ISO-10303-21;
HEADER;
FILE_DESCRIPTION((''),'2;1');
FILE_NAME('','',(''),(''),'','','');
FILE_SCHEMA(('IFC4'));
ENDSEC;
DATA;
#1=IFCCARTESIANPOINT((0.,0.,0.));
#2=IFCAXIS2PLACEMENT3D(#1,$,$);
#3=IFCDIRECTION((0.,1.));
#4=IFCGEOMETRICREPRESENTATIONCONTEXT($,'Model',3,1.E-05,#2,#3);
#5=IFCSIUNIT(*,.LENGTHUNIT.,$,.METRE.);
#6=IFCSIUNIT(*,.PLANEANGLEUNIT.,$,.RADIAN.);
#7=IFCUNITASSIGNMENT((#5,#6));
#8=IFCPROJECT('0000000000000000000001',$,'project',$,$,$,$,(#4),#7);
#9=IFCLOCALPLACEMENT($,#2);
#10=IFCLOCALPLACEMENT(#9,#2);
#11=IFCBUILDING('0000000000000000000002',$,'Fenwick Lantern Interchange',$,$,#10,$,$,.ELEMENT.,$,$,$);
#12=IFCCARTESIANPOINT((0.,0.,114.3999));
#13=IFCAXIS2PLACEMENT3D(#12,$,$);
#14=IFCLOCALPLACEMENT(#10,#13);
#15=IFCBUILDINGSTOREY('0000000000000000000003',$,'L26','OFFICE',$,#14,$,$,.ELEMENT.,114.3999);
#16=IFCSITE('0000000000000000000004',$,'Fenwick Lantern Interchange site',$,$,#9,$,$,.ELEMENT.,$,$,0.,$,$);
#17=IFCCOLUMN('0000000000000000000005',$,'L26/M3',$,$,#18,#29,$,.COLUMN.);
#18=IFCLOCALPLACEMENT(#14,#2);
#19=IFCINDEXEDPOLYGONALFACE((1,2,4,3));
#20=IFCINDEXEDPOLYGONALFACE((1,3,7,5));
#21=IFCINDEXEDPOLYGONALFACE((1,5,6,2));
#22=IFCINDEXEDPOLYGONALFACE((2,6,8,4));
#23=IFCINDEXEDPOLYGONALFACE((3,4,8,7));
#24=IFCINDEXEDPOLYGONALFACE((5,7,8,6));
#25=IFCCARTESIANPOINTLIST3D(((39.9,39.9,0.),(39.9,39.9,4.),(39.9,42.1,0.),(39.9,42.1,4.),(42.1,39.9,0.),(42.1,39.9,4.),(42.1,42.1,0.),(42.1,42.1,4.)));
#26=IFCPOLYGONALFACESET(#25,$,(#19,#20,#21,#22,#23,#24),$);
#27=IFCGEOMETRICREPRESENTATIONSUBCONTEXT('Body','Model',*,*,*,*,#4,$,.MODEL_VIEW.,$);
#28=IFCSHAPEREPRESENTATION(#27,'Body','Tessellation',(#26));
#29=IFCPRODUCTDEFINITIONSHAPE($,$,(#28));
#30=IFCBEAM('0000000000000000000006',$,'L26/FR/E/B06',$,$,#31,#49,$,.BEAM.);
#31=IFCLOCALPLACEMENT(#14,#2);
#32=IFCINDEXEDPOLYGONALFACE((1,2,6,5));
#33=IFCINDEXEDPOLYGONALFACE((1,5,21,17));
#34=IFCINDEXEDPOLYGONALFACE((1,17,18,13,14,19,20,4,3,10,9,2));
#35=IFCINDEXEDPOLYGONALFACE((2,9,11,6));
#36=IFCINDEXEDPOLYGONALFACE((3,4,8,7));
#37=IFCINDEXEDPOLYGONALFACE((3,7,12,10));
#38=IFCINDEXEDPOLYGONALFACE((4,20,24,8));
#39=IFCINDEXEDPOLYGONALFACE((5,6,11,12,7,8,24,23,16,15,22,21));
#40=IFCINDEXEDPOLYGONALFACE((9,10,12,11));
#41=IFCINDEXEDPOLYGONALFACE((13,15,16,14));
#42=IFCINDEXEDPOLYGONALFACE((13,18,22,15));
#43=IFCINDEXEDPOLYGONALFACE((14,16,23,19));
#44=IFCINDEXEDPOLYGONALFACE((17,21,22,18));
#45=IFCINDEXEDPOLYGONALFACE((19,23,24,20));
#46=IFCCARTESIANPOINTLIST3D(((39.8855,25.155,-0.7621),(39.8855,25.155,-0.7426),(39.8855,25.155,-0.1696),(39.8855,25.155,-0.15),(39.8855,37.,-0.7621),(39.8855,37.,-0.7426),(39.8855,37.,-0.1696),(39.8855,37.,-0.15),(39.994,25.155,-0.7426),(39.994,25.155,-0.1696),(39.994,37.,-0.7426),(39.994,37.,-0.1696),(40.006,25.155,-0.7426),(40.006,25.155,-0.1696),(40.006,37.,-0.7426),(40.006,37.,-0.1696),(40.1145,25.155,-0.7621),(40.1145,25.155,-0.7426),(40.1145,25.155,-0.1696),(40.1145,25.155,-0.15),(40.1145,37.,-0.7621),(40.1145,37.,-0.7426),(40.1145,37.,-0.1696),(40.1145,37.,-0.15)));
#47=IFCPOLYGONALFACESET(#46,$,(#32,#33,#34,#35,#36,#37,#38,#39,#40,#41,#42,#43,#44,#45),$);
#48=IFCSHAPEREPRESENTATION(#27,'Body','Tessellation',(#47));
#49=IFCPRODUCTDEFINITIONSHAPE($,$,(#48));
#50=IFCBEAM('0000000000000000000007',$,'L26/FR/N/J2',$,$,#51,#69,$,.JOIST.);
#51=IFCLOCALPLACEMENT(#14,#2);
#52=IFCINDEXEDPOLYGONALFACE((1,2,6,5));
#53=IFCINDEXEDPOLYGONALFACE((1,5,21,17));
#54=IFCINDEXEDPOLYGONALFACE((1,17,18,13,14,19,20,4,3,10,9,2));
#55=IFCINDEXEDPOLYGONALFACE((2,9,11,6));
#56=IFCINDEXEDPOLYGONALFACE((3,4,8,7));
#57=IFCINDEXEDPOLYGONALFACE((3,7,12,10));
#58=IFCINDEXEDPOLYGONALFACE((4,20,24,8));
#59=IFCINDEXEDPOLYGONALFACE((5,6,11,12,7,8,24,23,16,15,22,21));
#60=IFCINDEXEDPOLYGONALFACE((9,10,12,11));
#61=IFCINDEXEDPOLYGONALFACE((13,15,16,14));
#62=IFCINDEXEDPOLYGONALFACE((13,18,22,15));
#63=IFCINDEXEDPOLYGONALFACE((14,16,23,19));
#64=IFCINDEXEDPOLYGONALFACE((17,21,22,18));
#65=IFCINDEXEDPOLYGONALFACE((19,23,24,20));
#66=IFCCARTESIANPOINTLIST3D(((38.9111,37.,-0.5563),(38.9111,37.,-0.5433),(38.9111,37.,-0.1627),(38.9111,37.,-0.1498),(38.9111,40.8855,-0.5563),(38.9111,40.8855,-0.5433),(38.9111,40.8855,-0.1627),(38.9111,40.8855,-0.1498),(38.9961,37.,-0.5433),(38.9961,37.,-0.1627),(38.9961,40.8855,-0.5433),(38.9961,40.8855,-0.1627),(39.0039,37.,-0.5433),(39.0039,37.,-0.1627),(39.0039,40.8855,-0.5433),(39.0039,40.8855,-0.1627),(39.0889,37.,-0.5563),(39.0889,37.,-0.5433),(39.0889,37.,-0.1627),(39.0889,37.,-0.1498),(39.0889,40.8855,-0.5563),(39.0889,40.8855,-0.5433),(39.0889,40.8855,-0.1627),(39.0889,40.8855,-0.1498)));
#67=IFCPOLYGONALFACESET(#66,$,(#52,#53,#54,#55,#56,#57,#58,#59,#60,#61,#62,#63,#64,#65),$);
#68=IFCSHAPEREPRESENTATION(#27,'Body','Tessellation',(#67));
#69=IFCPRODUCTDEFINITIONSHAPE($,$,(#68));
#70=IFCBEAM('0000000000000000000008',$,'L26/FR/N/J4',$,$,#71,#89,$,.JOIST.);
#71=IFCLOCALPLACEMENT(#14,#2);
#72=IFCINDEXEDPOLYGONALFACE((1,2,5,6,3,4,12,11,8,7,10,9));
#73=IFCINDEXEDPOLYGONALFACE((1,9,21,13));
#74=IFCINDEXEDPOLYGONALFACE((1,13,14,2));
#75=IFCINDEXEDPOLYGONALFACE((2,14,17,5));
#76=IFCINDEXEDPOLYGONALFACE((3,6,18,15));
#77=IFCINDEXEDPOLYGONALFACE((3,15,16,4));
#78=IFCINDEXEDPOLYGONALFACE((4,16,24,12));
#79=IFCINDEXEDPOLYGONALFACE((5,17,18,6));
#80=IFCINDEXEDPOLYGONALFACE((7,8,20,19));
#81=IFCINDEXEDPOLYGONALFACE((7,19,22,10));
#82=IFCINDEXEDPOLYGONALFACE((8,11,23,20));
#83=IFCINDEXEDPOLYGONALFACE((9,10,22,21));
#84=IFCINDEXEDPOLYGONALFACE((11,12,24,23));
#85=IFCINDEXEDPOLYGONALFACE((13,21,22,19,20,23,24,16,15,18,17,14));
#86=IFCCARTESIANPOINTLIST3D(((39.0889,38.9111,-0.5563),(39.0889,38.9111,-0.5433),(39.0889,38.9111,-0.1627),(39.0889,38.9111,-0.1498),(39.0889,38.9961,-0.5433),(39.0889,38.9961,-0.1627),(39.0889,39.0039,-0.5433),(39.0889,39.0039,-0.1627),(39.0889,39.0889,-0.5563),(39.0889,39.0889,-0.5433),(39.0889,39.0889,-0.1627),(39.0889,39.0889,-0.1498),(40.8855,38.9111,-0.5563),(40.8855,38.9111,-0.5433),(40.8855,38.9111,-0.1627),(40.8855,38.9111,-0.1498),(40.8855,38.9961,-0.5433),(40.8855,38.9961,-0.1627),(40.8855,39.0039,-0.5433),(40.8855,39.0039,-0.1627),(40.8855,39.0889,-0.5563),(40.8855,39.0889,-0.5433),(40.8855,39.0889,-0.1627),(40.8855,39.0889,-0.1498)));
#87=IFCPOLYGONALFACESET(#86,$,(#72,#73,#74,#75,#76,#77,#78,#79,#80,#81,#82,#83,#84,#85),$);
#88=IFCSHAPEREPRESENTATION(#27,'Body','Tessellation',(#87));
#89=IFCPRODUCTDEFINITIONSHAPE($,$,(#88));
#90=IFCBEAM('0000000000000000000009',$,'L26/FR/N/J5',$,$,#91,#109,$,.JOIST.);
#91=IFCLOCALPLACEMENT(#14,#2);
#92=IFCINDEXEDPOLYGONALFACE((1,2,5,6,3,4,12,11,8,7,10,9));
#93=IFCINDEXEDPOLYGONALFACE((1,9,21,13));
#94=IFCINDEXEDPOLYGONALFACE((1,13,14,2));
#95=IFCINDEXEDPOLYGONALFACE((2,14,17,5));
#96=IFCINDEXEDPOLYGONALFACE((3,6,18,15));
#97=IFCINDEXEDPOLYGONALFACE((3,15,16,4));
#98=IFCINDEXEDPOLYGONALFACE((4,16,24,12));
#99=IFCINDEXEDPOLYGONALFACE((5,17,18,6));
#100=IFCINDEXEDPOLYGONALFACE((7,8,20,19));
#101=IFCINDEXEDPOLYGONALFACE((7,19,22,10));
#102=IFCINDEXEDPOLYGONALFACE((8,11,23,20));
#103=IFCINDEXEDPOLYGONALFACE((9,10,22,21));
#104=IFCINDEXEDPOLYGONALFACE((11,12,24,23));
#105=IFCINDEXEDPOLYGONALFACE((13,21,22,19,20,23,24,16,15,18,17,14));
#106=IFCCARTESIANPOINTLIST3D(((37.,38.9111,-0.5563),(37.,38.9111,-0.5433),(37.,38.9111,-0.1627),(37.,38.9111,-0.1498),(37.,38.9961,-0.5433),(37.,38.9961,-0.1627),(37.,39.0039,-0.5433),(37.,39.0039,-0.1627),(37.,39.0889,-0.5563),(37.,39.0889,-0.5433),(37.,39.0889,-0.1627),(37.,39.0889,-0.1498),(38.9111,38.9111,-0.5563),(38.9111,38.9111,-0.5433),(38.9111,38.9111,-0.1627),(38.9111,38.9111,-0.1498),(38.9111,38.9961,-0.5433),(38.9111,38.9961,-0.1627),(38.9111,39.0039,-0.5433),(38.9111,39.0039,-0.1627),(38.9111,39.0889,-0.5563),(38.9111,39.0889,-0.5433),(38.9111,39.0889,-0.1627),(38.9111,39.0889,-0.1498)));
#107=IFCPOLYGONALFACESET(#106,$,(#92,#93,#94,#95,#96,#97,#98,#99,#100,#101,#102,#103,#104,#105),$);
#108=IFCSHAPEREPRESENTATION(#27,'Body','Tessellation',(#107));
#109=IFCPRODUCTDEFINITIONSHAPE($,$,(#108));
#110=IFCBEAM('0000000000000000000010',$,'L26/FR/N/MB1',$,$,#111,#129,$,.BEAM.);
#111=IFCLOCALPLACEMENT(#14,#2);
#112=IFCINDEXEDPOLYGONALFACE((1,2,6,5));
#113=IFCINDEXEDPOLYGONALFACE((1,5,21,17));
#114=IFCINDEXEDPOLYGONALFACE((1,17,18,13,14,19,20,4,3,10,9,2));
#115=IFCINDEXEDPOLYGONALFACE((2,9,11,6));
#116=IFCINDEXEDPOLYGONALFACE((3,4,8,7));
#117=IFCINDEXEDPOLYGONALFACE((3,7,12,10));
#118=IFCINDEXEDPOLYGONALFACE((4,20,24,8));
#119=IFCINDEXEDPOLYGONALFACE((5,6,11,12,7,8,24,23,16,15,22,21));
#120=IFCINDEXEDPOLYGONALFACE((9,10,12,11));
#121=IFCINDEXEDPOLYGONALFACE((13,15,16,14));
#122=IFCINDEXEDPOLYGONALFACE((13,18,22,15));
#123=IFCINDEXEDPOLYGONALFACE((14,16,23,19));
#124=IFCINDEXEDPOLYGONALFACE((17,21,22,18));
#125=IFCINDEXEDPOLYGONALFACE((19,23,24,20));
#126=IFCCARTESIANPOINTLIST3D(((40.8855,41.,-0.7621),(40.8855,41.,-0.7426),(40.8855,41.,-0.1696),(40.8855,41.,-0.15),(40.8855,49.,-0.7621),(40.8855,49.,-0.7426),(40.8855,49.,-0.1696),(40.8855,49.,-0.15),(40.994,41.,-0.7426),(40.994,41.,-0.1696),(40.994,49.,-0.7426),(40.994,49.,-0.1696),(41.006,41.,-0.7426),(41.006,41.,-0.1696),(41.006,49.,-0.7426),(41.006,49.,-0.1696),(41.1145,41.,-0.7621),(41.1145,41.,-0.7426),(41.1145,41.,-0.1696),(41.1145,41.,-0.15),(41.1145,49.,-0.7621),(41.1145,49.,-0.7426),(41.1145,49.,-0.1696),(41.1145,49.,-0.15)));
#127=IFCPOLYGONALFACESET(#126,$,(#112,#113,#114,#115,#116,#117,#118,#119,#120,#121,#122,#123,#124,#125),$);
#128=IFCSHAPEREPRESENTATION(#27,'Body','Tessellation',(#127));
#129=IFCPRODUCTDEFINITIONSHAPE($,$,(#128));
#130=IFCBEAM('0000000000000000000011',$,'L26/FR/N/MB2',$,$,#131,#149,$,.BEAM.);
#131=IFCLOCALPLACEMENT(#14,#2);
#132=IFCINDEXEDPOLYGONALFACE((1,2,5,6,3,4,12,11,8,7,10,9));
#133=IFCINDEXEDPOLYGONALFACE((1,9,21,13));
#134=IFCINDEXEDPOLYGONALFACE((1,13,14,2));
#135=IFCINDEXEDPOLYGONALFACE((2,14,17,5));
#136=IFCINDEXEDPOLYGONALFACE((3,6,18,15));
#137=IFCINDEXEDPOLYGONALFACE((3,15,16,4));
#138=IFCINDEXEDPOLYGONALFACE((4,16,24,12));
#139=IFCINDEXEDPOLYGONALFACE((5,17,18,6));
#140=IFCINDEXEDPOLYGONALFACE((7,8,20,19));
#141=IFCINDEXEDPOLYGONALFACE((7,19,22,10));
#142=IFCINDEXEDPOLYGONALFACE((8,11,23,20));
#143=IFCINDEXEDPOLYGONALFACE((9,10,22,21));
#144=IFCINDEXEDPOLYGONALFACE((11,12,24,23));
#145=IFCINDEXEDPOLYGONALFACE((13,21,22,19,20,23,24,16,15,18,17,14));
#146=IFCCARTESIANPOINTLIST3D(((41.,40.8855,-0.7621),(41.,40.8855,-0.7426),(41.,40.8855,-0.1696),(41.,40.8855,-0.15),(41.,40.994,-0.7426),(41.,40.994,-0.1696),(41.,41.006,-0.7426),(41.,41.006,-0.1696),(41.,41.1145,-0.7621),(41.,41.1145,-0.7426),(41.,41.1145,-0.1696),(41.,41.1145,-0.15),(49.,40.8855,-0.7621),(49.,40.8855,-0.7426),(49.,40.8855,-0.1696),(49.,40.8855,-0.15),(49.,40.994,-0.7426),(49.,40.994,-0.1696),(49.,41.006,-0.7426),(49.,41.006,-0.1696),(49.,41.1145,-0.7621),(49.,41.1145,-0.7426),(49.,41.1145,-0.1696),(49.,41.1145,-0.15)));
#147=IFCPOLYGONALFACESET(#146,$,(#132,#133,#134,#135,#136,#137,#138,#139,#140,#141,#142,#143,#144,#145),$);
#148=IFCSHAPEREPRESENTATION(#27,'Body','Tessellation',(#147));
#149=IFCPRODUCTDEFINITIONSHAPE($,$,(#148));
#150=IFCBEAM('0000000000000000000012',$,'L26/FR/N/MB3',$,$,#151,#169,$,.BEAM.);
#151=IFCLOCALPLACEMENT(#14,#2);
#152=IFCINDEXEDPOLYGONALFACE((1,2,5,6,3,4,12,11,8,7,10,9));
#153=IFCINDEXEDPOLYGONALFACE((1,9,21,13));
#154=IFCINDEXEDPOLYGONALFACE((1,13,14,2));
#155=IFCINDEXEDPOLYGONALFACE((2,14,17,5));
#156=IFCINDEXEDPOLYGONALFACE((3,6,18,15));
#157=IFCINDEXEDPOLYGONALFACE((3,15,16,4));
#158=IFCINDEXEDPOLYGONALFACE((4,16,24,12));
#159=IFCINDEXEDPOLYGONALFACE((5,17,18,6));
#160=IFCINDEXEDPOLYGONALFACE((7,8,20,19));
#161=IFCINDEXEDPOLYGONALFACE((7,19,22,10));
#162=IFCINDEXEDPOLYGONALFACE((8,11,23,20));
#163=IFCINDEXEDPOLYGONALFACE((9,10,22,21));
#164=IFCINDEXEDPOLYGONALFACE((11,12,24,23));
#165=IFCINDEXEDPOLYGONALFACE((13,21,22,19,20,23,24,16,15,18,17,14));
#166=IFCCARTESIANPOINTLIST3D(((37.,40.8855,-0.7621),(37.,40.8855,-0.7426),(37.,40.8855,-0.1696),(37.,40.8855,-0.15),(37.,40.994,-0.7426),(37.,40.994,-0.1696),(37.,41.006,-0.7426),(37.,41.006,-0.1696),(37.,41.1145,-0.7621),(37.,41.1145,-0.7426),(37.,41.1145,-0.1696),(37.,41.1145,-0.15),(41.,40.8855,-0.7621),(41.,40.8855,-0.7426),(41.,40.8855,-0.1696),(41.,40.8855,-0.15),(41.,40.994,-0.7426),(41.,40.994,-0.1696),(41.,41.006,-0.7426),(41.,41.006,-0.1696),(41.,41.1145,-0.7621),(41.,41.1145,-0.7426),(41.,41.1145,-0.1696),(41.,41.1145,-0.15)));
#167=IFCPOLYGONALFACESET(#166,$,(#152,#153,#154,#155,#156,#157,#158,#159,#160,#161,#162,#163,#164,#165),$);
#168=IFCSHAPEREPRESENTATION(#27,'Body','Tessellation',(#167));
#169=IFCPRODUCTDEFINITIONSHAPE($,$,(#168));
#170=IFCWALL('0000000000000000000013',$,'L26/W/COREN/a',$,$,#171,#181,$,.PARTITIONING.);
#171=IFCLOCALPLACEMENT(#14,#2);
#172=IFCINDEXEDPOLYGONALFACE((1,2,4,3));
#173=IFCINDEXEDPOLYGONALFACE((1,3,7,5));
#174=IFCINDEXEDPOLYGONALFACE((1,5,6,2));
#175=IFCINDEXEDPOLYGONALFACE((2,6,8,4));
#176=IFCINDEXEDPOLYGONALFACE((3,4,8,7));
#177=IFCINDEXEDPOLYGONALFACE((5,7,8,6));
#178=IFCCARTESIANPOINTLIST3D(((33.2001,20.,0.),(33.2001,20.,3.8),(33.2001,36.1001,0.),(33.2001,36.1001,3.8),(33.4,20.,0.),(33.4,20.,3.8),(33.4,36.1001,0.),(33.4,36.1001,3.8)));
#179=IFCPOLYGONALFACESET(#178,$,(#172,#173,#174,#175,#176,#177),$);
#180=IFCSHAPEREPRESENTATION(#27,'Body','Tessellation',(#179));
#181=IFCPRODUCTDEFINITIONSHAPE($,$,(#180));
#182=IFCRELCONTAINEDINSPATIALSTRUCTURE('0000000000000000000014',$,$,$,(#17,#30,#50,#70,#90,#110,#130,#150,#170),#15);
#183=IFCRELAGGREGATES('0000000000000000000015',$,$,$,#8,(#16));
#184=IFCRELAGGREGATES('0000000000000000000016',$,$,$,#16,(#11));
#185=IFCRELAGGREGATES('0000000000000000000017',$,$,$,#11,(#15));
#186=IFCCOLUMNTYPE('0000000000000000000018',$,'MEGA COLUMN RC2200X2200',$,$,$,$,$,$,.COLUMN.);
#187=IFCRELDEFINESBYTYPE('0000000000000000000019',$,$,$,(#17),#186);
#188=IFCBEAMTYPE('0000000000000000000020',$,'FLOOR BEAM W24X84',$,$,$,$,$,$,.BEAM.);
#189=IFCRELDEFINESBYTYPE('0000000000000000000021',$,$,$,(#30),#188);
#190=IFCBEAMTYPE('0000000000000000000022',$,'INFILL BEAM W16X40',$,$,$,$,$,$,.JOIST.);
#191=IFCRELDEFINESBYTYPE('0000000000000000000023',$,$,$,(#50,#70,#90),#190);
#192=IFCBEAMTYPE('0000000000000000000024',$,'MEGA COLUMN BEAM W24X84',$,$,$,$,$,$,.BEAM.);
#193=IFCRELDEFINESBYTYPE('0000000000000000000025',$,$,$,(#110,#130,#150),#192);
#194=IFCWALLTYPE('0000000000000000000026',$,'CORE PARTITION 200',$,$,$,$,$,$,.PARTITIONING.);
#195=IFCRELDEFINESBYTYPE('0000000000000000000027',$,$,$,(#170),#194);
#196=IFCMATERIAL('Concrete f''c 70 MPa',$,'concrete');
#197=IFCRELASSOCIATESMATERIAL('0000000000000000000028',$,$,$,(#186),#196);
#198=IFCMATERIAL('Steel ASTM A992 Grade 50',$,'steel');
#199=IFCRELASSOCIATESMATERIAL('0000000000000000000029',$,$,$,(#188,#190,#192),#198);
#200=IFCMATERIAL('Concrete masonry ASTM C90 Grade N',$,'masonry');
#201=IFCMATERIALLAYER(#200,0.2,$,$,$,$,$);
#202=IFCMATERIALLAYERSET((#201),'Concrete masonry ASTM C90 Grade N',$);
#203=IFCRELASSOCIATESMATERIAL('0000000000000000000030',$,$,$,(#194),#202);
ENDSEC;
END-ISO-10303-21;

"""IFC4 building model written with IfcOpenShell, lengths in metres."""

from ifc_helpers import new_model, si_unit, direction, frame, frame_2d, origin, origin_2d, place, context, subcontext, project, spatial, rectangle, i_section, extrude, material, layer, layer_set, material_profile, profile_set, type_object, element, save


model = new_model("IFC4")

# Units and contexts
model_context = context("Model", 3, precision=1e-05, world=origin(), true_north=direction((0.0, 1.0)))
body_context = subcontext(model_context, "Body", "Model", "MODEL_VIEW")
ifc_project = project(units=[si_unit("LENGTHUNIT", "METRE"), si_unit("PLANEANGLEUNIT", "RADIAN")], contexts=[model_context])

# Site, building, storey
site_placement = place(None, origin())
site = spatial("IfcSite", under=ifc_project, at=site_placement, Name="Fenwick Lantern Interchange site", CompositionType="ELEMENT", RefElevation=0.0)
building_placement = place(site_placement, origin())
building = spatial("IfcBuilding", under=site, at=building_placement, Name="Fenwick Lantern Interchange", CompositionType="ELEMENT")
storey_placement = place(building_placement, frame((0.0, 0.0, 114.3999)))
storey = spatial("IfcBuildingStorey", under=building, at=storey_placement, Name="L26", Description="OFFICE", CompositionType="ELEMENT", Elevation=114.3999)

# Column
ifc_material_1 = material(Name="Concrete f'c 70 MPa", Category="concrete")
ifc_material_profile_1 = material_profile(ifc_material_1, rectangle(XDim=2.2, YDim=2.2, at=origin_2d()), Name="RC2200X2200")
ifc_profile_set_1 = profile_set([ifc_material_profile_1], Name="Concrete f'c 70 MPa")
column_type = type_object("IfcColumnType", Name="MEGA COLUMN RC2200X2200", PredefinedType="COLUMN", material=ifc_profile_set_1)
column_placement = place(storey_placement, frame((41.0, 41.0, 0.0), z_axis=(0.0, 0.0, 1.0), x_axis=(1.0, 0.0, 0.0)))
element("IfcColumn", 1, at=column_placement, inside=storey, type_object=column_type, Name="L26/M3", PredefinedType="COLUMN", context=body_context, shape_type="SweptSolid", body=[
    extrude(rectangle(XDim=2.2, YDim=2.2, at=origin_2d()), origin(), (0.0, 0.0, 1.0), 4.0),
])

# Beams
ifc_material_2 = material(Name="Steel ASTM A992 Grade 50", Category="steel")
ifc_material_profile_2 = material_profile(ifc_material_2, i_section(OverallWidth=0.229, OverallDepth=0.6121, WebThickness=0.012, FlangeThickness=0.0195, at=origin_2d()), Name="W24X84")
ifc_profile_set_2 = profile_set([ifc_material_profile_2], Name="Steel ASTM A992 Grade 50")
beam_type_1 = type_object("IfcBeamType", Name="FLOOR BEAM W24X84", PredefinedType="BEAM", material=ifc_profile_set_2)
beam_1_placement = place(storey_placement, frame((40.0, 25.155, -0.4561), z_axis=(0.0, 1.0, 0.0), x_axis=(-1.0, 0.0, 0.0)))
element("IfcBeam", 2, at=beam_1_placement, inside=storey, type_object=beam_type_1, Name="L26/FR/E/B06", PredefinedType="BEAM", context=body_context, shape_type="SweptSolid", body=[
    extrude(i_section(OverallWidth=0.229, OverallDepth=0.6121, WebThickness=0.012, FlangeThickness=0.0195, at=origin_2d()), origin(), (0.0, 0.0, 1.0), 11.845),
])
ifc_material_profile_3 = material_profile(ifc_material_2, i_section(OverallWidth=0.1777, OverallDepth=0.4065, WebThickness=0.0078, FlangeThickness=0.0129, at=origin_2d()), Name="W16X40")
ifc_profile_set_3 = profile_set([ifc_material_profile_3], Name="Steel ASTM A992 Grade 50")
beam_type_2 = type_object("IfcBeamType", Name="INFILL BEAM W16X40", PredefinedType="JOIST", material=ifc_profile_set_3)
beam_2_placement = place(storey_placement, frame((39.0, 40.8855, -0.353), z_axis=(0.0, -1.0, 0.0), x_axis=(1.0, 0.0, 0.0)))
element("IfcBeam", 3, at=beam_2_placement, inside=storey, type_object=beam_type_2, Name="L26/FR/N/J2", PredefinedType="JOIST", context=body_context, shape_type="SweptSolid", body=[
    extrude(i_section(OverallWidth=0.1777, OverallDepth=0.4065, WebThickness=0.0078, FlangeThickness=0.0129, at=origin_2d()), origin(), (0.0, 0.0, 1.0), 3.8855),
])
beam_3_placement = place(storey_placement, frame((40.8855, 39.0, -0.353), z_axis=(-1.0, 0.0, 0.0), x_axis=(0.0, -1.0, 0.0)))
element("IfcBeam", 4, at=beam_3_placement, inside=storey, type_object=beam_type_2, Name="L26/FR/N/J4", PredefinedType="JOIST", context=body_context, shape_type="SweptSolid", body=[
    extrude(i_section(OverallWidth=0.1777, OverallDepth=0.4065, WebThickness=0.0078, FlangeThickness=0.0129, at=origin_2d()), origin(), (0.0, 0.0, 1.0), 1.7966),
])
beam_4_placement = place(storey_placement, frame((38.9111, 39.0, -0.353), z_axis=(-1.0, 0.0, 0.0), x_axis=(0.0, -1.0, 0.0)))
element("IfcBeam", 5, at=beam_4_placement, inside=storey, type_object=beam_type_2, Name="L26/FR/N/J5", PredefinedType="JOIST", context=body_context, shape_type="SweptSolid", body=[
    extrude(i_section(OverallWidth=0.1777, OverallDepth=0.4065, WebThickness=0.0078, FlangeThickness=0.0129, at=origin_2d()), origin(), (0.0, 0.0, 1.0), 1.9111),
])
ifc_material_profile_4 = material_profile(ifc_material_2, i_section(OverallWidth=0.229, OverallDepth=0.6121, WebThickness=0.012, FlangeThickness=0.0195, at=origin_2d()), Name="W24X84")
ifc_profile_set_4 = profile_set([ifc_material_profile_4], Name="Steel ASTM A992 Grade 50")
beam_type_3 = type_object("IfcBeamType", Name="MEGA COLUMN BEAM W24X84", PredefinedType="BEAM", material=ifc_profile_set_4)
for number, where, z_axis, x_axis, name in (
    (6, (41.0, 41.0, -0.4561), (0.0, 1.0, 0.0), (-1.0, 0.0, 0.0), "L26/FR/N/MB1"),
    (7, (41.0, 41.0, -0.4561), (1.0, 0.0, 0.0), (0.0, 1.0, 0.0), "L26/FR/N/MB2"),
):
    element("IfcBeam", number, at=place(storey_placement, frame(where, z_axis=z_axis, x_axis=x_axis)), inside=storey, type_object=beam_type_3, Name=name, PredefinedType="BEAM", context=body_context, shape_type="SweptSolid", body=[
        extrude(i_section(OverallWidth=0.229, OverallDepth=0.6121, WebThickness=0.012, FlangeThickness=0.0195, at=origin_2d()), origin(), (0.0, 0.0, 1.0), 8.0),
    ])
beam_5_placement = place(storey_placement, frame((41.0, 41.0, -0.4561), z_axis=(-1.0, 0.0, 0.0), x_axis=(0.0, -1.0, 0.0)))
element("IfcBeam", 8, at=beam_5_placement, inside=storey, type_object=beam_type_3, Name="L26/FR/N/MB3", PredefinedType="BEAM", context=body_context, shape_type="SweptSolid", body=[
    extrude(i_section(OverallWidth=0.229, OverallDepth=0.6121, WebThickness=0.012, FlangeThickness=0.0195, at=origin_2d()), origin(), (0.0, 0.0, 1.0), 4.0),
])

# Wall
ifc_material_3 = material(Name="Concrete masonry ASTM C90 Grade N", Category="masonry")
ifc_layer_1 = layer(ifc_material_3, 0.2)
ifc_layer_set_1 = layer_set([ifc_layer_1], Name="Concrete masonry ASTM C90 Grade N")
wall_type_1 = type_object("IfcWallType", Name="CORE PARTITION 200", PredefinedType="PARTITIONING", material=ifc_layer_set_1)
wall_1_placement = place(storey_placement, frame((33.3, 36.1001, 0.0), z_axis=(0.0, 0.0, 1.0), x_axis=(0.0, -1.0, 0.0)))
element("IfcWall", 9, at=wall_1_placement, inside=storey, type_object=wall_type_1, Name="L26/W/COREN/a", PredefinedType="PARTITIONING", context=body_context, shape_type="SweptSolid", body=[
    extrude(rectangle(XDim=16.1001, YDim=0.2, at=frame_2d((8.05, 0.0))), origin(), (0.0, 0.0, 1.0), 3.8),
])

save(model, "model.ifc")
